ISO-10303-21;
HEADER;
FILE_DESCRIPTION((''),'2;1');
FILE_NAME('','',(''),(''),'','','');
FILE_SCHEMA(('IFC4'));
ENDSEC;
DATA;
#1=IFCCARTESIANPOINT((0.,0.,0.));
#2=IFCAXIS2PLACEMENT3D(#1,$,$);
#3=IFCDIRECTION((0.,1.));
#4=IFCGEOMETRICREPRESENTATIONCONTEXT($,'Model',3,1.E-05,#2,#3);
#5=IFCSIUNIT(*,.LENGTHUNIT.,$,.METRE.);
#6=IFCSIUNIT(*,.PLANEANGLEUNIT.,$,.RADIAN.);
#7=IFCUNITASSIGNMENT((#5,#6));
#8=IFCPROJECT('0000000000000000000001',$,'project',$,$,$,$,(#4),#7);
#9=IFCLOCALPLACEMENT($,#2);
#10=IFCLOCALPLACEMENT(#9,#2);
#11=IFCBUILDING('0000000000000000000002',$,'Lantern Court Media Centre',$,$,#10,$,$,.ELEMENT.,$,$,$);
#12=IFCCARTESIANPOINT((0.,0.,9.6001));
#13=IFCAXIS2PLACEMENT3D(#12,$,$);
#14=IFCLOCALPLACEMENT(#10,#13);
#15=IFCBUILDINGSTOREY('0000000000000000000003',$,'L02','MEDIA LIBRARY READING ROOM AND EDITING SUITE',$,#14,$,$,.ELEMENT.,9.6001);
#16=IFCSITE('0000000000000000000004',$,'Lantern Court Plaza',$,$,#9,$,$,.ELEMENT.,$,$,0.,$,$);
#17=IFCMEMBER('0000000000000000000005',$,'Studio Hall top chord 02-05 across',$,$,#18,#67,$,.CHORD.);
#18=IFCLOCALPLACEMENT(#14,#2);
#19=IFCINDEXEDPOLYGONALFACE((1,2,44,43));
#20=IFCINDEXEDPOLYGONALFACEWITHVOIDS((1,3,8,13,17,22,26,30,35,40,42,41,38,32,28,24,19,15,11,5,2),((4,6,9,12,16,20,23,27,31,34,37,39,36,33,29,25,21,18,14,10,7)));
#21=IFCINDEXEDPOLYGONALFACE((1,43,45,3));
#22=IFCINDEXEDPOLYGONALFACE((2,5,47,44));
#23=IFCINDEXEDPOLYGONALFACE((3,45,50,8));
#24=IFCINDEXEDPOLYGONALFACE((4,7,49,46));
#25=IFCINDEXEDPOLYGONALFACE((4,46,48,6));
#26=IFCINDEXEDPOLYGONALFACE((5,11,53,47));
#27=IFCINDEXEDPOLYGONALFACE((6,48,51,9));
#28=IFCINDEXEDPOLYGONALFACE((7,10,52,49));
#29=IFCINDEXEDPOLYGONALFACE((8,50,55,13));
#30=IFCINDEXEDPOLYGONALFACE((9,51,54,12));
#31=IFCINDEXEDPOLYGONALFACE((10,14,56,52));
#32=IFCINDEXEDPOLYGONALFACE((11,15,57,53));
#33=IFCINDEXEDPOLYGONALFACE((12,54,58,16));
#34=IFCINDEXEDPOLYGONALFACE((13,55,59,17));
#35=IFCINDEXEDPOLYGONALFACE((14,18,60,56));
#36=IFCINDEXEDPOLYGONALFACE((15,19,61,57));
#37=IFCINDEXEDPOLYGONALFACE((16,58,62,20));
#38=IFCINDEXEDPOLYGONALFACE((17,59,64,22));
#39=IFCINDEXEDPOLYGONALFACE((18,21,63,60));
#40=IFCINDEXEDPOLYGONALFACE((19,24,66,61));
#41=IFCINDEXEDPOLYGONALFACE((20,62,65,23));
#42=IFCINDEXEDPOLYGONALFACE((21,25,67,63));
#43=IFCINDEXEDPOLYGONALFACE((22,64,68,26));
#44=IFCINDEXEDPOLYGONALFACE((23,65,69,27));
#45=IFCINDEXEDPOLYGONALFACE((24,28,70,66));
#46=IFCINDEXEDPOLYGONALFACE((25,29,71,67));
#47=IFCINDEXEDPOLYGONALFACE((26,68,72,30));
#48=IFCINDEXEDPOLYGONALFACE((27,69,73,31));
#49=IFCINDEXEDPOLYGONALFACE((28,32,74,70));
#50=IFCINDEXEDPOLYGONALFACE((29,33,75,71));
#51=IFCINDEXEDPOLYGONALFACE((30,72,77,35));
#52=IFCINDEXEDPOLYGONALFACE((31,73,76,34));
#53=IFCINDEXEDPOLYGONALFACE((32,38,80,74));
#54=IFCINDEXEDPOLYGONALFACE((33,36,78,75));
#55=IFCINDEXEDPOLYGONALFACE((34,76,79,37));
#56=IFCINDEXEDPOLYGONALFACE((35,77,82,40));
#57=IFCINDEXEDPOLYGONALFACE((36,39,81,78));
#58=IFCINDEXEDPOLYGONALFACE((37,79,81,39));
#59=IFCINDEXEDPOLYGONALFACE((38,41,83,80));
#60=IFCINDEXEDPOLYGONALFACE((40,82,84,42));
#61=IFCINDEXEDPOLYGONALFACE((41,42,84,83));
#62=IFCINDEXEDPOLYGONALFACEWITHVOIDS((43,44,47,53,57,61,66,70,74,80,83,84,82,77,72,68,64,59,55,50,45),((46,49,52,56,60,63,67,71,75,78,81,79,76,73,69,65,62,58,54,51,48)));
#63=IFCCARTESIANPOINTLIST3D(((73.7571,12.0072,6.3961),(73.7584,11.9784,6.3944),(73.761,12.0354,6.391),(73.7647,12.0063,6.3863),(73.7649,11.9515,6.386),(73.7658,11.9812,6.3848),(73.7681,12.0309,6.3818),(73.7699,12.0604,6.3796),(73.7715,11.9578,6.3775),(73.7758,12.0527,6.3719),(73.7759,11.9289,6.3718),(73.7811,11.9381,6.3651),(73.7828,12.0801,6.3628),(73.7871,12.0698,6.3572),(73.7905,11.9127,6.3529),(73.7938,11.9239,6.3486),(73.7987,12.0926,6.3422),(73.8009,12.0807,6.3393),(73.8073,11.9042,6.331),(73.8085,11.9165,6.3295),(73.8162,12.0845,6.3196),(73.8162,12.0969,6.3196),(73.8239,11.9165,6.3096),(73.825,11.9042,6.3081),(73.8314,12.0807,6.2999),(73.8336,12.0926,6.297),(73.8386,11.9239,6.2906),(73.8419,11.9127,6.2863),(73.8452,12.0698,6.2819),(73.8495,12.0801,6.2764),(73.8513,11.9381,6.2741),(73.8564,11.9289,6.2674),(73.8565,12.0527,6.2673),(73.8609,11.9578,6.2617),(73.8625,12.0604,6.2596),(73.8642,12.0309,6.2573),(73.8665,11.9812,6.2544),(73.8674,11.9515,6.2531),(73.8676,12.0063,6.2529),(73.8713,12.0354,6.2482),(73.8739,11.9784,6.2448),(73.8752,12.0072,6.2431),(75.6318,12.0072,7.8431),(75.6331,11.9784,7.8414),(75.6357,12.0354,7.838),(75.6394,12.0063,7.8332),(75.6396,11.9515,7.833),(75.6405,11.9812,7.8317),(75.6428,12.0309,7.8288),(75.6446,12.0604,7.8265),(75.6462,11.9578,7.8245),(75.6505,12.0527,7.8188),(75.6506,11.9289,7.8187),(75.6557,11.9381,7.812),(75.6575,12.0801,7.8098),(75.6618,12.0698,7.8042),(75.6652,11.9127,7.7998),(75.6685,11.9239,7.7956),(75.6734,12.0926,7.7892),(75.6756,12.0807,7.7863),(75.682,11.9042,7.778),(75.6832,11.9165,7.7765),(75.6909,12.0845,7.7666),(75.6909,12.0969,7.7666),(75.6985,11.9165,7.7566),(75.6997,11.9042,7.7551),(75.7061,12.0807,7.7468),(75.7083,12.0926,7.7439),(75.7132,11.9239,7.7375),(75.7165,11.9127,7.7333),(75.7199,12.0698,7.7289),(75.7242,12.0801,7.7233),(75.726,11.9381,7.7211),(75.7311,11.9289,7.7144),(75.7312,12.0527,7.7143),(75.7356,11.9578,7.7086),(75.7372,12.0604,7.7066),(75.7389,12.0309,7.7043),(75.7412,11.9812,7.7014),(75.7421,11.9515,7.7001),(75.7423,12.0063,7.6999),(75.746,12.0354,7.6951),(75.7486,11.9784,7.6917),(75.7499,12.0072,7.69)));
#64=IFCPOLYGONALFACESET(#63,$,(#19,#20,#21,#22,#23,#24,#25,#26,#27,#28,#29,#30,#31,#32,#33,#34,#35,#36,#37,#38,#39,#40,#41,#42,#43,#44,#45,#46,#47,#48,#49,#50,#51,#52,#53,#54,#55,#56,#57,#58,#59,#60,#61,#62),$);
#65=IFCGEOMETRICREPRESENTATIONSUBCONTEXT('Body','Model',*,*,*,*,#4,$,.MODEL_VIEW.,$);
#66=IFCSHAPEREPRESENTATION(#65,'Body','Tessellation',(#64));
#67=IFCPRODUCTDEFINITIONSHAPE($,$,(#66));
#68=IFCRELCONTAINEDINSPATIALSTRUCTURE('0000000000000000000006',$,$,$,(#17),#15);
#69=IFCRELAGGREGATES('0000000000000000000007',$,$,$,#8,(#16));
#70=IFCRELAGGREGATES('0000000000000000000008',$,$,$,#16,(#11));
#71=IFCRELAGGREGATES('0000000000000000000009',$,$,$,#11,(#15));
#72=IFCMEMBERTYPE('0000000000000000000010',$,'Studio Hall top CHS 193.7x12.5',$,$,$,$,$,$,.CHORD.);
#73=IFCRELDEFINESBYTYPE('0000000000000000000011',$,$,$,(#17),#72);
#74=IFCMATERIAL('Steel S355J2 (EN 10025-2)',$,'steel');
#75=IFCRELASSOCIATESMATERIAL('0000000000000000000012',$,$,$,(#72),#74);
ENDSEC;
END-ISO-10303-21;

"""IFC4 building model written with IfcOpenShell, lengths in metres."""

from ifc_helpers import new_model, si_unit, direction, frame, origin, origin_2d, place, context, subcontext, project, spatial, hollow_circle, extrude, material, material_profile, profile_set, type_object, element, save


model = new_model("IFC4")

# Units and contexts
model_context = context("Model", 3, precision=1e-05, world=origin(), true_north=direction((0.0, 1.0)))
body_context = subcontext(model_context, "Body", "Model", "MODEL_VIEW")
ifc_project = project(units=[si_unit("LENGTHUNIT", "METRE"), si_unit("PLANEANGLEUNIT", "RADIAN")], contexts=[model_context])

# Site, building, storey
site_placement = place(None, origin())
site = spatial("IfcSite", under=ifc_project, at=site_placement, Name="Lantern Court Plaza", CompositionType="ELEMENT", RefElevation=0.0)
building_placement = place(site_placement, origin())
building = spatial("IfcBuilding", under=site, at=building_placement, Name="Lantern Court Media Centre", CompositionType="ELEMENT")
storey_placement = place(building_placement, frame((0.0, 0.0, 9.6001)))
storey = spatial("IfcBuildingStorey", under=building, at=storey_placement, Name="L02", Description="MEDIA LIBRARY READING ROOM AND EDITING SUITE", CompositionType="ELEMENT", Elevation=9.6001)

# Member
ifc_material = material(Name="Steel S355J2 (EN 10025-2)", Category="steel")
ifc_material_profile_1 = material_profile(ifc_material, hollow_circle(Radius=0.0969, WallThickness=0.0125, at=origin_2d()), Name="Studio Hall top CHS 193.7x12.5")
ifc_profile_set_1 = profile_set([ifc_material_profile_1], Name="Steel S355J2 (EN 10025-2)")
member_type_1 = type_object("IfcMemberType", Name="Studio Hall top CHS 193.7x12.5", PredefinedType="CHORD", material=ifc_profile_set_1)
for number, where, z_axis, x_axis, name in (
    (1, (73.8162, 12.0, 6.3196), (0.791623, 0.0, 0.61101), (0.0, 1.0, 0.0), "Studio Hall top chord 02-05 across"),
):
    element("IfcMember", number, at=place(storey_placement, frame(where, z_axis=z_axis, x_axis=x_axis)), inside=storey, type_object=member_type_1, Name=name, PredefinedType="CHORD", context=body_context, shape_type="SweptSolid", body=[
        extrude(hollow_circle(Radius=0.0969, WallThickness=0.0125, at=origin_2d()), origin(), (0.0, 0.0, 1.0), 2.3682),
    ])

save(model, "model.ifc")
